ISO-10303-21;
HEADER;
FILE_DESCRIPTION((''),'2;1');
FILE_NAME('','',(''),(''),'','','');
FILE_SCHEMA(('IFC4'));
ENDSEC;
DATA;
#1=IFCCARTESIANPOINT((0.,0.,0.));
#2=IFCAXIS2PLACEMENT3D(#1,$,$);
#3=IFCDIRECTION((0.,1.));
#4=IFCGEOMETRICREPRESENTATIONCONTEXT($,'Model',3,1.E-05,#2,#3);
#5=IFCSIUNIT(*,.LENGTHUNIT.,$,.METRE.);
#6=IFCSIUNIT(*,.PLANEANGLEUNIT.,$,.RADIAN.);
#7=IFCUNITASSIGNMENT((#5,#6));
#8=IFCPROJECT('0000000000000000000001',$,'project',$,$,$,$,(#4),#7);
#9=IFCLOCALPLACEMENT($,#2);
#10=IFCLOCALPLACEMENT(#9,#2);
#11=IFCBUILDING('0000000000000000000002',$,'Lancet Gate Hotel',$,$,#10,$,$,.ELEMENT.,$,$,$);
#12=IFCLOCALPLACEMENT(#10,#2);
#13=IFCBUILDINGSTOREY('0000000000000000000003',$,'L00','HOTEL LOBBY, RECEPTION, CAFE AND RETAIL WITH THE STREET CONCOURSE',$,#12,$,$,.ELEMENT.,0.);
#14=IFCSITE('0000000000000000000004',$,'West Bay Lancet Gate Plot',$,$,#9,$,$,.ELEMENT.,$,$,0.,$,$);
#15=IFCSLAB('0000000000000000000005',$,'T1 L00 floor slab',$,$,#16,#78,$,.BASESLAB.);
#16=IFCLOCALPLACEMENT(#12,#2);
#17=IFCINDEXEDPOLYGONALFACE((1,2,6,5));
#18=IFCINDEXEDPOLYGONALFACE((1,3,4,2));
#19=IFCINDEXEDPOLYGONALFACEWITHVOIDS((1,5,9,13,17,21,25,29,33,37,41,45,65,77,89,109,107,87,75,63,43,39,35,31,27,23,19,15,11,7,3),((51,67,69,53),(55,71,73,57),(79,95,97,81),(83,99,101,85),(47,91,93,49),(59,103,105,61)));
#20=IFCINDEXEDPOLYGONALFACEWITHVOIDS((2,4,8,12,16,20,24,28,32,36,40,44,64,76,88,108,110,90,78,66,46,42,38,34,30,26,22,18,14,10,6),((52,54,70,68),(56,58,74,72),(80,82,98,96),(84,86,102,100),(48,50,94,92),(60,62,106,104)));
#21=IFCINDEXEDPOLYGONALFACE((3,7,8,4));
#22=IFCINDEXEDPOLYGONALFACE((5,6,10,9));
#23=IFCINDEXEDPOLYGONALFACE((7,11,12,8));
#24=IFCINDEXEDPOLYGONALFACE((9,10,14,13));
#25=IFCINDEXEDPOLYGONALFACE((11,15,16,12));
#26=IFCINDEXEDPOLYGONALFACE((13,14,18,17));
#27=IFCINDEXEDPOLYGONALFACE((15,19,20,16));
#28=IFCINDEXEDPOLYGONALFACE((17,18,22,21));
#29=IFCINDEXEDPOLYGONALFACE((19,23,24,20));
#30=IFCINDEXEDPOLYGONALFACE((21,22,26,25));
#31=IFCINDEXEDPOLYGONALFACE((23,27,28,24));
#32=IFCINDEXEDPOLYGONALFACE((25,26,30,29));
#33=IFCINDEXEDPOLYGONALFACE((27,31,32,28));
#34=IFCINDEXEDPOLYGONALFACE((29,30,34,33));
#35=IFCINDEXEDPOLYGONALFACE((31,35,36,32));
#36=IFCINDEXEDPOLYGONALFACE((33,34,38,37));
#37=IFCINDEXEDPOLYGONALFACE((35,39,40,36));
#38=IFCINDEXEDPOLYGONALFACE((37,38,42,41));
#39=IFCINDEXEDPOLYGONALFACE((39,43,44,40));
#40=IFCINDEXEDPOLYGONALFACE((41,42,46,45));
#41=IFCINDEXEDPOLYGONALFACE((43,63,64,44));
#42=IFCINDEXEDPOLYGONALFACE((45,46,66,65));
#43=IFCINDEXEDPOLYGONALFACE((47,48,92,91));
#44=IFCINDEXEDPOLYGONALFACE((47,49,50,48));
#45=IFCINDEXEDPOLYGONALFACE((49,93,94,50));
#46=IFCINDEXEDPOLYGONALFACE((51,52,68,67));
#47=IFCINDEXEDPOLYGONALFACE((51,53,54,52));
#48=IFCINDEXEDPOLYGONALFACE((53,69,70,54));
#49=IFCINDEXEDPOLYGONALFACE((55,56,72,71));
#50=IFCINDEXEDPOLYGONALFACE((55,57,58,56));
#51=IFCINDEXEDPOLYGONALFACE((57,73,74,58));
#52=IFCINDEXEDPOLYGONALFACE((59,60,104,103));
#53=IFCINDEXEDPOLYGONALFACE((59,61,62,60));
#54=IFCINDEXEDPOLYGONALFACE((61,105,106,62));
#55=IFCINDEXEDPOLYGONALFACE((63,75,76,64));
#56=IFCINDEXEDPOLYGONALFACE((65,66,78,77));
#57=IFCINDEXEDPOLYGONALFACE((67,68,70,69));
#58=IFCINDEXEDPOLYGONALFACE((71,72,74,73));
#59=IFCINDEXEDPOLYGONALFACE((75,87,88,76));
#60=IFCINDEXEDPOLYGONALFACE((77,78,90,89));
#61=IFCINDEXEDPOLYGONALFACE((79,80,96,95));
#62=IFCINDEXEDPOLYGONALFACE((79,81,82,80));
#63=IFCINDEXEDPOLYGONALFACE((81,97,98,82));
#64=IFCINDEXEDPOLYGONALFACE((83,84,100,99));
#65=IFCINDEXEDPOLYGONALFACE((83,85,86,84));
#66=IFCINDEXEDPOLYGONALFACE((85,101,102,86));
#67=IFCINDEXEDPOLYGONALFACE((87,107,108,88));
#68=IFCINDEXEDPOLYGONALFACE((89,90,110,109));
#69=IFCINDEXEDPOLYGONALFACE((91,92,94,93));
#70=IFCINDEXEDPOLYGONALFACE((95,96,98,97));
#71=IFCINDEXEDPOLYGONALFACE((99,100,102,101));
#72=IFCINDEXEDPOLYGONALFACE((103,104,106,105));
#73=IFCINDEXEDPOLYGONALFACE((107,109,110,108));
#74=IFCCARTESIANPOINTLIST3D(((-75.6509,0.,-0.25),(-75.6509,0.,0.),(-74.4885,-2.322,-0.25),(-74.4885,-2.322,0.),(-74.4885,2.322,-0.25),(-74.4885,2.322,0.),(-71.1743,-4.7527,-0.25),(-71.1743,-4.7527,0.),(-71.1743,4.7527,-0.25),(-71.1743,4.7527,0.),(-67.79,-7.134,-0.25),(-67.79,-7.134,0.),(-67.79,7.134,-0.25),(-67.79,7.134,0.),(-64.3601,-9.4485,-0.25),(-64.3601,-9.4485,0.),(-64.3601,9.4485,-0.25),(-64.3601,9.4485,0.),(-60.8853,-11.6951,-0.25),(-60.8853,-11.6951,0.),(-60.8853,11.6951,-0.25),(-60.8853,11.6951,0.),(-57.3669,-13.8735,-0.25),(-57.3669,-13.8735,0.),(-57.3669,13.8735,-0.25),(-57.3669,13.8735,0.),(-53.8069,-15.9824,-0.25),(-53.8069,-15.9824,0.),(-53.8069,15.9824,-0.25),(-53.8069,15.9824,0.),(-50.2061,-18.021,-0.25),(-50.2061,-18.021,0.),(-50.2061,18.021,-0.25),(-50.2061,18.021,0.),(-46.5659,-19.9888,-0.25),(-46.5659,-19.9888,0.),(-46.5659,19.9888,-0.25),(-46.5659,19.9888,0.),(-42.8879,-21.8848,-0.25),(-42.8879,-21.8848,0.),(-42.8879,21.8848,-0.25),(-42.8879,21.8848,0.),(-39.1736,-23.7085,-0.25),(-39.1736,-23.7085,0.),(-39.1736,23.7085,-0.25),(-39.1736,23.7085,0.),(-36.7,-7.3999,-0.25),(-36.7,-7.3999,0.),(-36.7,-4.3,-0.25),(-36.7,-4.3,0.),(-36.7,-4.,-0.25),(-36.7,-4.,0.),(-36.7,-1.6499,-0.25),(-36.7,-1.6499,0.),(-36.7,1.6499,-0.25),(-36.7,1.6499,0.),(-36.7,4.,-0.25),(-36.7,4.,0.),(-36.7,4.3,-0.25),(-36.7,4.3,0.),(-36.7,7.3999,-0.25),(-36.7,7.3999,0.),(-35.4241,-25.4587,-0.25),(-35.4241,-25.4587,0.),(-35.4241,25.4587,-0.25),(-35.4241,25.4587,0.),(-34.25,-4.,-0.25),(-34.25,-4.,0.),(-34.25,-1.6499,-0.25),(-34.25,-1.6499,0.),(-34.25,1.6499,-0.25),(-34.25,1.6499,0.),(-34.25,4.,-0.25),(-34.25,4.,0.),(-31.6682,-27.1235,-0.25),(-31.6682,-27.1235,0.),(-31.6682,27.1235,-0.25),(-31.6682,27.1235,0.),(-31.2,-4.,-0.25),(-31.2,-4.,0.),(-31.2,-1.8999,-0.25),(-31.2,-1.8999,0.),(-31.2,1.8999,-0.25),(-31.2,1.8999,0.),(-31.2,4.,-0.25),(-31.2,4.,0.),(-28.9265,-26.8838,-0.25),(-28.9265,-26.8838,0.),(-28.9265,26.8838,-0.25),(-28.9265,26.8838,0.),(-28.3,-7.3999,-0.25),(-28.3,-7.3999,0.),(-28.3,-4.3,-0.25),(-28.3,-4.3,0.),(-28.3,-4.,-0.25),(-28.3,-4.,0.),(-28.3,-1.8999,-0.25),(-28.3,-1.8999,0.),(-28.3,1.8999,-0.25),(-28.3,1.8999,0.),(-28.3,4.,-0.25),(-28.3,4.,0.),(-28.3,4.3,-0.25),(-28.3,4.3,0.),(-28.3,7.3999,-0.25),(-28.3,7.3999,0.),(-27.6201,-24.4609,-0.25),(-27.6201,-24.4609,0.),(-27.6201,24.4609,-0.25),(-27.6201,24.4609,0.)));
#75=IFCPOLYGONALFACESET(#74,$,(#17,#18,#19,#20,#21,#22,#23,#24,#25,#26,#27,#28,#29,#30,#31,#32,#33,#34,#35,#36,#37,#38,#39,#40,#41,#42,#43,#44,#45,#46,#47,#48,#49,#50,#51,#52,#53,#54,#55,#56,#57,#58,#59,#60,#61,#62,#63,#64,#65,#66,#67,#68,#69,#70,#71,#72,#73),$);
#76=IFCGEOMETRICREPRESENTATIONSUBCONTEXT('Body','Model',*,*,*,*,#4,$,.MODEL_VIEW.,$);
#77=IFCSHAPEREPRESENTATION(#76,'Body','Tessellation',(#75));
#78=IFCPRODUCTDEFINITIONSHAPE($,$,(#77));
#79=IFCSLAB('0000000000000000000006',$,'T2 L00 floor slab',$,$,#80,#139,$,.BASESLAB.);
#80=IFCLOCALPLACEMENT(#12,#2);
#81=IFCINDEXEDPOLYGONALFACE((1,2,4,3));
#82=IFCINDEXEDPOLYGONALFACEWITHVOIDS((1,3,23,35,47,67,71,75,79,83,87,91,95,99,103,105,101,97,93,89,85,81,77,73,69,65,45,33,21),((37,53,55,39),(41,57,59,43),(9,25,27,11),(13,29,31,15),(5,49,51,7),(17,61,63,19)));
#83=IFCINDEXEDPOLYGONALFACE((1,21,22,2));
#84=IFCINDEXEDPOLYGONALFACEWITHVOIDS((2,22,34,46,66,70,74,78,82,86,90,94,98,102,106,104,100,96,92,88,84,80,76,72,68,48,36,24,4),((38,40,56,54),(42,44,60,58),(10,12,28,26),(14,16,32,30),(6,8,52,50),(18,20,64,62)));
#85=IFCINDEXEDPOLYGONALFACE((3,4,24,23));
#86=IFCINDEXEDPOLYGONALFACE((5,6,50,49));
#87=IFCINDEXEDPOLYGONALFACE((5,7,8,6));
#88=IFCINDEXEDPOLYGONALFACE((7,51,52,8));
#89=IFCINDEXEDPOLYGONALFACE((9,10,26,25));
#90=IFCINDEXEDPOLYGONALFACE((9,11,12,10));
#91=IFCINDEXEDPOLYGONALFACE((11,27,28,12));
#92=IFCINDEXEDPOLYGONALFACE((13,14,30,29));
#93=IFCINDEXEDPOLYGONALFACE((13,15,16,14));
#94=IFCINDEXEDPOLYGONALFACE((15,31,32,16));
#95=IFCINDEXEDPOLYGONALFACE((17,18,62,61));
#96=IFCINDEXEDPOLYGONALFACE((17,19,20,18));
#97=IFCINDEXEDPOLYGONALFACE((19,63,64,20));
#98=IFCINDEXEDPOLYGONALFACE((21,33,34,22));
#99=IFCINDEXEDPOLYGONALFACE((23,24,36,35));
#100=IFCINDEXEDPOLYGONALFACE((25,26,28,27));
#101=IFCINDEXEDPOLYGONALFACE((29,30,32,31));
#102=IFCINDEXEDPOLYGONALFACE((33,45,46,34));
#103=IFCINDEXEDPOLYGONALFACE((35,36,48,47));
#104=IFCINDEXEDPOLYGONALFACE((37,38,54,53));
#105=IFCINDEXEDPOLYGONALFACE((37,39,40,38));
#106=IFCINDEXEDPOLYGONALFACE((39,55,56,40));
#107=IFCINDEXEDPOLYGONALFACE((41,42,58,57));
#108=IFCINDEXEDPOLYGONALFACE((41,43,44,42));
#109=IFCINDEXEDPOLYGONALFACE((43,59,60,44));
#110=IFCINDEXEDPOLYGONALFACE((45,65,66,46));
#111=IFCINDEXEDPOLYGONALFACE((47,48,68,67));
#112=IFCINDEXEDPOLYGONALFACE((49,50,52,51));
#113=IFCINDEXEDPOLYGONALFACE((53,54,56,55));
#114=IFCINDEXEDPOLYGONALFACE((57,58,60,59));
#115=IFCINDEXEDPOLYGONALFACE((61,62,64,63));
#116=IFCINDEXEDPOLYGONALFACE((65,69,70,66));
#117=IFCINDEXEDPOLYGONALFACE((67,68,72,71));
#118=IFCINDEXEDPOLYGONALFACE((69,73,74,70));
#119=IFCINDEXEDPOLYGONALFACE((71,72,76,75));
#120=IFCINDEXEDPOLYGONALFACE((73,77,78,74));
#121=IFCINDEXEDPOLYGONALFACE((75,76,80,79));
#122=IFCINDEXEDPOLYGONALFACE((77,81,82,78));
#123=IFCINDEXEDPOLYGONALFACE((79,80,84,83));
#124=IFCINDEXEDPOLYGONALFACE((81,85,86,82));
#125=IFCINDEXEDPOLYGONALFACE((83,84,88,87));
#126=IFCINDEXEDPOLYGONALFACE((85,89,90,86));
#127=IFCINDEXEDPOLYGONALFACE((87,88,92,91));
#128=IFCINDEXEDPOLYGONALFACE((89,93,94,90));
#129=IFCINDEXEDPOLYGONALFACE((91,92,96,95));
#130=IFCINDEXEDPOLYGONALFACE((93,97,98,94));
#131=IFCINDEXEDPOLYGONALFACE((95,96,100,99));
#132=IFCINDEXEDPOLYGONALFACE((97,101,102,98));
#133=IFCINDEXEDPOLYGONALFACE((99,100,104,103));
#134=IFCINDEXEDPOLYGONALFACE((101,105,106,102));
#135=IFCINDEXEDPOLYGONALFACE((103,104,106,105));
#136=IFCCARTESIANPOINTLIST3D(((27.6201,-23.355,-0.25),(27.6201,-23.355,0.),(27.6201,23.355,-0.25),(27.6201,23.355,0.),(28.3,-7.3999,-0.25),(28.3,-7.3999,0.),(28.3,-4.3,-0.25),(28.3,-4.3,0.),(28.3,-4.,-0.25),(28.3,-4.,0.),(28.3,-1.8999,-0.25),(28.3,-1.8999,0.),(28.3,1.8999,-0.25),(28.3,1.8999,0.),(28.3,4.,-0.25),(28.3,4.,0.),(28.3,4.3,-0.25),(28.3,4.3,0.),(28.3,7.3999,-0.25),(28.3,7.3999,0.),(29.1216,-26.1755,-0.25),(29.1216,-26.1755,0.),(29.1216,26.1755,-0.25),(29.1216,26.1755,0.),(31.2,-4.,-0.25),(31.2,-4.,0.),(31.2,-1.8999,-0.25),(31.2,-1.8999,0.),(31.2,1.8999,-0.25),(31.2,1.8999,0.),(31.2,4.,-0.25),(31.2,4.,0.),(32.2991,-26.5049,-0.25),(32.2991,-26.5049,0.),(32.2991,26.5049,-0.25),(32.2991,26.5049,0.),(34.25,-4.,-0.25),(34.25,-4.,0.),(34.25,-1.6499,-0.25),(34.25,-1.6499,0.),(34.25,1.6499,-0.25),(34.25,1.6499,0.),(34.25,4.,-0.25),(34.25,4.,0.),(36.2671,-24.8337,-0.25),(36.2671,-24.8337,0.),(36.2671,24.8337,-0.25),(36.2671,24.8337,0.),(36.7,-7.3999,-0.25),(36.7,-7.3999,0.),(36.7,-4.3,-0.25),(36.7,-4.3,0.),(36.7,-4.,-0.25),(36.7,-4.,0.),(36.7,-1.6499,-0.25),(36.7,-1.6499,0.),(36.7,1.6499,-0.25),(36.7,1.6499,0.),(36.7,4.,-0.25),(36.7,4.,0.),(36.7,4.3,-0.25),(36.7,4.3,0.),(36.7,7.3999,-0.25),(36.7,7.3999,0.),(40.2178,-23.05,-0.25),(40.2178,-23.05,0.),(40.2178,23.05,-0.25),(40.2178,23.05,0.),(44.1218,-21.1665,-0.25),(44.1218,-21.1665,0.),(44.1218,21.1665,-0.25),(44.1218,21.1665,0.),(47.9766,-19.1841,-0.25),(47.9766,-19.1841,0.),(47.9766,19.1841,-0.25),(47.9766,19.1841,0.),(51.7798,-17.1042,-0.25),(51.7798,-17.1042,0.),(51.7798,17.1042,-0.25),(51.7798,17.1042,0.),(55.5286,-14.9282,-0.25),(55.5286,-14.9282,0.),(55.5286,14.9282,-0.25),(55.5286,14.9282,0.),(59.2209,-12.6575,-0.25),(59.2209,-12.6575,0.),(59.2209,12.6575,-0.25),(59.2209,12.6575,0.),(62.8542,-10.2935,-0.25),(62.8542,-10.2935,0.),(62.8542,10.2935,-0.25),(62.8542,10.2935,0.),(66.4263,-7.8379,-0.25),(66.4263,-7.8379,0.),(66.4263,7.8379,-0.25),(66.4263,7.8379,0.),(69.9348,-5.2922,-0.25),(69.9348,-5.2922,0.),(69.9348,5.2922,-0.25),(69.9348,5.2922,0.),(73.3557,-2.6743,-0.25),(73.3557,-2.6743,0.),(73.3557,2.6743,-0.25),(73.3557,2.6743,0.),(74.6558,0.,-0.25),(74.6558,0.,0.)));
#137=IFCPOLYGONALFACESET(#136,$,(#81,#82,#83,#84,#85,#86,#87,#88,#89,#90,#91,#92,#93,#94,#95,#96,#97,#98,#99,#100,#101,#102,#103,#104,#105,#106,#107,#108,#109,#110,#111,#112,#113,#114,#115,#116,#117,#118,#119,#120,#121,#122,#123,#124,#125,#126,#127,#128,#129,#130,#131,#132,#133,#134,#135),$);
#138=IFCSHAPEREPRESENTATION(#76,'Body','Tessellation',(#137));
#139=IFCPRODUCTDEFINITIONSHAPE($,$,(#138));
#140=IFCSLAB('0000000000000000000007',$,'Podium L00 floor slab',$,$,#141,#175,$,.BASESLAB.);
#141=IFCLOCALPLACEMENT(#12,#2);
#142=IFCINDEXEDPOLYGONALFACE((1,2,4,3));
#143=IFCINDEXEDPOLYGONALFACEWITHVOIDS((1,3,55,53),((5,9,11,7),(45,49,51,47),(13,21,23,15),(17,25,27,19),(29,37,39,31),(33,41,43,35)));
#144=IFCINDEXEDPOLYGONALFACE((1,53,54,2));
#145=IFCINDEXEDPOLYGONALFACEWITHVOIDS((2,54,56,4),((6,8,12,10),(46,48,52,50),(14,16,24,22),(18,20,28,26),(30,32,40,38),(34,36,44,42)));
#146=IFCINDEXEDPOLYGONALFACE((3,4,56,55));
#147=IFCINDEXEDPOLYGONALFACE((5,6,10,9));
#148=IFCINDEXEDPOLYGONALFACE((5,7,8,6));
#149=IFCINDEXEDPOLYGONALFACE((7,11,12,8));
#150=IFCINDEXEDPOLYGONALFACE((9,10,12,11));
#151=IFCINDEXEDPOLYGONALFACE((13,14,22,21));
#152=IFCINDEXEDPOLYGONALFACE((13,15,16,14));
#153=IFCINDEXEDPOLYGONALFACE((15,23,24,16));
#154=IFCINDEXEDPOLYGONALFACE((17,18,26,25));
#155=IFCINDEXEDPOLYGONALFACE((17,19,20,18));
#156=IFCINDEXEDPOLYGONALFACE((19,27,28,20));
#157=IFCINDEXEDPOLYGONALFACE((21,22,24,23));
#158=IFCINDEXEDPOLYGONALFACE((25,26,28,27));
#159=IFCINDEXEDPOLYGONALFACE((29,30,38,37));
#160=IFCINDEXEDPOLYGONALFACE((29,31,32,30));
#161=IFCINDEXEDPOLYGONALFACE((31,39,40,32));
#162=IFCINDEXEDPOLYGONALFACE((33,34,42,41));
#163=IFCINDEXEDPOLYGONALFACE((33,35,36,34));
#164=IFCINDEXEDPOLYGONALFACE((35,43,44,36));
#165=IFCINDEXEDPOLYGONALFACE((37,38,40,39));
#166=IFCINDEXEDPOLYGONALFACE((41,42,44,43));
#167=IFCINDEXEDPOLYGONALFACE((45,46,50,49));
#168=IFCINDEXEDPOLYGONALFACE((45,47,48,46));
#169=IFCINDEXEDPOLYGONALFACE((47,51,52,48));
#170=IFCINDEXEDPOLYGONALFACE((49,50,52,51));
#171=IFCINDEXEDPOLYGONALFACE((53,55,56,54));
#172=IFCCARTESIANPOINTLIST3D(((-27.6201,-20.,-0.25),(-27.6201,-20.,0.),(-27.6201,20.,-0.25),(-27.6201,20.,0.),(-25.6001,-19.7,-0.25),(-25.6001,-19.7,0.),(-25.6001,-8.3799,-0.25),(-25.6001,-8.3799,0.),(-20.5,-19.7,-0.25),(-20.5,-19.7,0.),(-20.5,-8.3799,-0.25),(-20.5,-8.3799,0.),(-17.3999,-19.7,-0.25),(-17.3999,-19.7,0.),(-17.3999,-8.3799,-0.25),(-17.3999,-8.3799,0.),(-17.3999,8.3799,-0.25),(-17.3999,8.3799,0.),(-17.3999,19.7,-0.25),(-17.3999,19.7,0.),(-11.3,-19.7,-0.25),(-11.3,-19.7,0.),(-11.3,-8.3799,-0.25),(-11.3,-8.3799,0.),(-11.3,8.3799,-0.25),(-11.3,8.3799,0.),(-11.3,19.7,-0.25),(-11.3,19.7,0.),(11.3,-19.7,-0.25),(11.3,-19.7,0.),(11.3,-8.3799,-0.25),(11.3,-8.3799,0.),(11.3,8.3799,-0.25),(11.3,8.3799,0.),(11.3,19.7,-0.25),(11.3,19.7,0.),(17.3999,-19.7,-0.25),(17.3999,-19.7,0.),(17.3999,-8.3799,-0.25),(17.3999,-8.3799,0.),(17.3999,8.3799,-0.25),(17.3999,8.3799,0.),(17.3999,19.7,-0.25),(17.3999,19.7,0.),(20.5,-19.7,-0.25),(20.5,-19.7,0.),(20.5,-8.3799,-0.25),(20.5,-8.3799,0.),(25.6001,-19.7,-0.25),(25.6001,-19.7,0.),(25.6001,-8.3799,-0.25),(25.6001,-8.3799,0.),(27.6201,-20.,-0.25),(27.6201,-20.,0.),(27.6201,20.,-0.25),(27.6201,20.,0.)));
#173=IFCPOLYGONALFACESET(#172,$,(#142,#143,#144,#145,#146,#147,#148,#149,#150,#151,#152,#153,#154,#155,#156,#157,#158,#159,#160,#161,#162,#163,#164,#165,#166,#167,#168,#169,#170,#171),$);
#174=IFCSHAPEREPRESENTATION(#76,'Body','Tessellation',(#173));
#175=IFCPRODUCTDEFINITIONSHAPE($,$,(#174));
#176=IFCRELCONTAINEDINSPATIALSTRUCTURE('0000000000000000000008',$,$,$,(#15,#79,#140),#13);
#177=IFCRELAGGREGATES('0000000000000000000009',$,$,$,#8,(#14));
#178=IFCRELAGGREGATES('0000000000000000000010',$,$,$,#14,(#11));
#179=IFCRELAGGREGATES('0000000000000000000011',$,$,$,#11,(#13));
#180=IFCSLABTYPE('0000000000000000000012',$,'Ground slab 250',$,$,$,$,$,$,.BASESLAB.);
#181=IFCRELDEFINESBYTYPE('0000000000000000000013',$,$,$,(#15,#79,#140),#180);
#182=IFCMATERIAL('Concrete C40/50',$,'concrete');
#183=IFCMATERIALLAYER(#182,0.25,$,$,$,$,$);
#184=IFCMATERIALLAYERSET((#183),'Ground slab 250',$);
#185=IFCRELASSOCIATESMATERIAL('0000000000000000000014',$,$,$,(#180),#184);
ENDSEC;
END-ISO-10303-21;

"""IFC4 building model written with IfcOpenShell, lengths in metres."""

from ifc_helpers import new_model, si_unit, direction, frame, origin, place, context, subcontext, project, spatial, polyline, outline, extrude, material, layer, layer_set, type_object, element, save


model = new_model("IFC4")

# Units and contexts
model_context = context("Model", 3, precision=1e-05, world=origin(), true_north=direction((0.0, 1.0)))
body_context = subcontext(model_context, "Body", "Model", "MODEL_VIEW")
ifc_project = project(units=[si_unit("LENGTHUNIT", "METRE"), si_unit("PLANEANGLEUNIT", "RADIAN")], contexts=[model_context])

# Site, building, storey
site_placement = place(None, origin())
site = spatial("IfcSite", under=ifc_project, at=site_placement, Name="West Bay Lancet Gate Plot", CompositionType="ELEMENT", RefElevation=0.0)
building_placement = place(site_placement, origin())
building = spatial("IfcBuilding", under=site, at=building_placement, Name="Lancet Gate Hotel", CompositionType="ELEMENT")
storey_placement = place(building_placement, origin())
storey = spatial("IfcBuildingStorey", under=building, at=storey_placement, Name="L00", Description="HOTEL LOBBY, RECEPTION, CAFE AND RETAIL WITH THE STREET CONCOURSE", CompositionType="ELEMENT", Elevation=0.0)

# Slabs
ifc_material_1 = material(Name="Concrete C40/50", Category="concrete")
ifc_layer_1 = layer(ifc_material_1, 0.25)
ifc_layer_set_1 = layer_set([ifc_layer_1], Name="Ground slab 250")
slab_type = type_object("IfcSlabType", Name="Ground slab 250", PredefinedType="BASESLAB", material=ifc_layer_set_1)
slab_1_placement = place(storey_placement, frame((0.0, 0.0, -0.25)))
element("IfcSlab", 1, at=slab_1_placement, inside=storey, type_object=slab_type, Name="T1 L00 floor slab", PredefinedType="BASESLAB", context=body_context, shape_type="SweptSolid", body=[
    extrude(outline(polyline([(-27.6201, 24.4609), (-28.9265, 26.8838), (-31.6682, 27.1235), (-35.4241, 25.4587), (-39.1736, 23.7085), (-42.8879, 21.8848), (-46.5659, 19.9888), (-50.2061, 18.021), (-53.8069, 15.9824), (-57.3669, 13.8735), (-60.8853, 11.6951), (-64.3601, 9.4485), (-67.79, 7.134), (-71.1743, 4.7527), (-74.4885, 2.322), (-75.6509, 0.0), (-74.4885, -2.322), (-71.1743, -4.7527), (-67.79, -7.134), (-64.3601, -9.4485), (-60.8853, -11.6951), (-57.3669, -13.8735), (-53.8069, -15.9824), (-50.2061, -18.021), (-46.5659, -19.9888), (-42.8879, -21.8848), (-39.1736, -23.7085), (-35.4241, -25.4587), (-31.6682, -27.1235), (-28.9265, -26.8838), (-27.6201, -24.4609), (-27.6201, 24.4609)]), holes=[polyline([(-28.3, 7.3999), (-36.7, 7.3999), (-36.7, 4.3), (-28.3, 4.3), (-28.3, 7.3999)]), polyline([(-28.3, 1.8999), (-28.3, 4.0), (-31.2, 4.0), (-31.2, 1.8999), (-28.3, 1.8999)]), polyline([(-34.25, 1.6499), (-34.25, 4.0), (-36.7, 4.0), (-36.7, 1.6499), (-34.25, 1.6499)]), polyline([(-34.25, -1.6499), (-36.7, -1.6499), (-36.7, -4.0), (-34.25, -4.0), (-34.25, -1.6499)]), polyline([(-28.3, -4.0), (-28.3, -1.8999), (-31.2, -1.8999), (-31.2, -4.0), (-28.3, -4.0)]), polyline([(-28.3, -7.3999), (-28.3, -4.3), (-36.7, -4.3), (-36.7, -7.3999), (-28.3, -7.3999)])]), origin(), (0.0, 0.0, 1.0), 0.25),
])
slab_2_placement = place(storey_placement, frame((0.0, 0.0, -0.25)))
element("IfcSlab", 2, at=slab_2_placement, inside=storey, type_object=slab_type, Name="T2 L00 floor slab", PredefinedType="BASESLAB", context=body_context, shape_type="SweptSolid", body=[
    extrude(outline(polyline([(27.6201, -23.355), (29.1216, -26.1755), (32.2991, -26.5049), (36.2671, -24.8337), (40.2178, -23.05), (44.1218, -21.1665), (47.9766, -19.1841), (51.7798, -17.1042), (55.5286, -14.9282), (59.2209, -12.6575), (62.8542, -10.2935), (66.4263, -7.8379), (69.9348, -5.2922), (73.3557, -2.6743), (74.6558, 0.0), (73.3557, 2.6743), (69.9348, 5.2922), (66.4263, 7.8379), (62.8542, 10.2935), (59.2209, 12.6575), (55.5286, 14.9282), (51.7798, 17.1042), (47.9766, 19.1841), (44.1218, 21.1665), (40.2178, 23.05), (36.2671, 24.8337), (32.2991, 26.5049), (29.1216, 26.1755), (27.6201, 23.355), (27.6201, -23.355)]), holes=[polyline([(28.3, -7.3999), (36.7, -7.3999), (36.7, -4.3), (28.3, -4.3), (28.3, -7.3999)]), polyline([(28.3, -1.8999), (28.3, -4.0), (31.2, -4.0), (31.2, -1.8999), (28.3, -1.8999)]), polyline([(34.25, -1.6499), (34.25, -4.0), (36.7, -4.0), (36.7, -1.6499), (34.25, -1.6499)]), polyline([(34.25, 1.6499), (36.7, 1.6499), (36.7, 4.0), (34.25, 4.0), (34.25, 1.6499)]), polyline([(28.3, 4.0), (28.3, 1.8999), (31.2, 1.8999), (31.2, 4.0), (28.3, 4.0)]), polyline([(28.3, 7.3999), (28.3, 4.3), (36.7, 4.3), (36.7, 7.3999), (28.3, 7.3999)])]), origin(), (0.0, 0.0, 1.0), 0.25),
])
slab_3_placement = place(storey_placement, frame((0.0, 0.0, -0.25)))
element("IfcSlab", 3, at=slab_3_placement, inside=storey, type_object=slab_type, Name="Podium L00 floor slab", PredefinedType="BASESLAB", context=body_context, shape_type="SweptSolid", body=[
    extrude(outline(polyline([(27.6201, 20.0), (-27.6201, 20.0), (-27.6201, -20.0), (27.6201, -20.0), (27.6201, 20.0)]), holes=[polyline([(-25.6001, -19.7), (-20.5, -19.7), (-20.5, -8.3799), (-25.6001, -8.3799), (-25.6001, -19.7)]), polyline([(-17.3999, -8.3799), (-17.3999, -19.7), (-11.3, -19.7), (-11.3, -8.3799), (-17.3999, -8.3799)]), polyline([(11.3, -8.3799), (11.3, -19.7), (17.3999, -19.7), (17.3999, -8.3799), (11.3, -8.3799)]), polyline([(20.5, -19.7), (25.6001, -19.7), (25.6001, -8.3799), (20.5, -8.3799), (20.5, -19.7)]), polyline([(-17.3999, 19.7), (-17.3999, 8.3799), (-11.3, 8.3799), (-11.3, 19.7), (-17.3999, 19.7)]), polyline([(11.3, 19.7), (11.3, 8.3799), (17.3999, 8.3799), (17.3999, 19.7), (11.3, 19.7)])]), origin(), (0.0, 0.0, 1.0), 0.25),
])

save(model, "model.ifc")
